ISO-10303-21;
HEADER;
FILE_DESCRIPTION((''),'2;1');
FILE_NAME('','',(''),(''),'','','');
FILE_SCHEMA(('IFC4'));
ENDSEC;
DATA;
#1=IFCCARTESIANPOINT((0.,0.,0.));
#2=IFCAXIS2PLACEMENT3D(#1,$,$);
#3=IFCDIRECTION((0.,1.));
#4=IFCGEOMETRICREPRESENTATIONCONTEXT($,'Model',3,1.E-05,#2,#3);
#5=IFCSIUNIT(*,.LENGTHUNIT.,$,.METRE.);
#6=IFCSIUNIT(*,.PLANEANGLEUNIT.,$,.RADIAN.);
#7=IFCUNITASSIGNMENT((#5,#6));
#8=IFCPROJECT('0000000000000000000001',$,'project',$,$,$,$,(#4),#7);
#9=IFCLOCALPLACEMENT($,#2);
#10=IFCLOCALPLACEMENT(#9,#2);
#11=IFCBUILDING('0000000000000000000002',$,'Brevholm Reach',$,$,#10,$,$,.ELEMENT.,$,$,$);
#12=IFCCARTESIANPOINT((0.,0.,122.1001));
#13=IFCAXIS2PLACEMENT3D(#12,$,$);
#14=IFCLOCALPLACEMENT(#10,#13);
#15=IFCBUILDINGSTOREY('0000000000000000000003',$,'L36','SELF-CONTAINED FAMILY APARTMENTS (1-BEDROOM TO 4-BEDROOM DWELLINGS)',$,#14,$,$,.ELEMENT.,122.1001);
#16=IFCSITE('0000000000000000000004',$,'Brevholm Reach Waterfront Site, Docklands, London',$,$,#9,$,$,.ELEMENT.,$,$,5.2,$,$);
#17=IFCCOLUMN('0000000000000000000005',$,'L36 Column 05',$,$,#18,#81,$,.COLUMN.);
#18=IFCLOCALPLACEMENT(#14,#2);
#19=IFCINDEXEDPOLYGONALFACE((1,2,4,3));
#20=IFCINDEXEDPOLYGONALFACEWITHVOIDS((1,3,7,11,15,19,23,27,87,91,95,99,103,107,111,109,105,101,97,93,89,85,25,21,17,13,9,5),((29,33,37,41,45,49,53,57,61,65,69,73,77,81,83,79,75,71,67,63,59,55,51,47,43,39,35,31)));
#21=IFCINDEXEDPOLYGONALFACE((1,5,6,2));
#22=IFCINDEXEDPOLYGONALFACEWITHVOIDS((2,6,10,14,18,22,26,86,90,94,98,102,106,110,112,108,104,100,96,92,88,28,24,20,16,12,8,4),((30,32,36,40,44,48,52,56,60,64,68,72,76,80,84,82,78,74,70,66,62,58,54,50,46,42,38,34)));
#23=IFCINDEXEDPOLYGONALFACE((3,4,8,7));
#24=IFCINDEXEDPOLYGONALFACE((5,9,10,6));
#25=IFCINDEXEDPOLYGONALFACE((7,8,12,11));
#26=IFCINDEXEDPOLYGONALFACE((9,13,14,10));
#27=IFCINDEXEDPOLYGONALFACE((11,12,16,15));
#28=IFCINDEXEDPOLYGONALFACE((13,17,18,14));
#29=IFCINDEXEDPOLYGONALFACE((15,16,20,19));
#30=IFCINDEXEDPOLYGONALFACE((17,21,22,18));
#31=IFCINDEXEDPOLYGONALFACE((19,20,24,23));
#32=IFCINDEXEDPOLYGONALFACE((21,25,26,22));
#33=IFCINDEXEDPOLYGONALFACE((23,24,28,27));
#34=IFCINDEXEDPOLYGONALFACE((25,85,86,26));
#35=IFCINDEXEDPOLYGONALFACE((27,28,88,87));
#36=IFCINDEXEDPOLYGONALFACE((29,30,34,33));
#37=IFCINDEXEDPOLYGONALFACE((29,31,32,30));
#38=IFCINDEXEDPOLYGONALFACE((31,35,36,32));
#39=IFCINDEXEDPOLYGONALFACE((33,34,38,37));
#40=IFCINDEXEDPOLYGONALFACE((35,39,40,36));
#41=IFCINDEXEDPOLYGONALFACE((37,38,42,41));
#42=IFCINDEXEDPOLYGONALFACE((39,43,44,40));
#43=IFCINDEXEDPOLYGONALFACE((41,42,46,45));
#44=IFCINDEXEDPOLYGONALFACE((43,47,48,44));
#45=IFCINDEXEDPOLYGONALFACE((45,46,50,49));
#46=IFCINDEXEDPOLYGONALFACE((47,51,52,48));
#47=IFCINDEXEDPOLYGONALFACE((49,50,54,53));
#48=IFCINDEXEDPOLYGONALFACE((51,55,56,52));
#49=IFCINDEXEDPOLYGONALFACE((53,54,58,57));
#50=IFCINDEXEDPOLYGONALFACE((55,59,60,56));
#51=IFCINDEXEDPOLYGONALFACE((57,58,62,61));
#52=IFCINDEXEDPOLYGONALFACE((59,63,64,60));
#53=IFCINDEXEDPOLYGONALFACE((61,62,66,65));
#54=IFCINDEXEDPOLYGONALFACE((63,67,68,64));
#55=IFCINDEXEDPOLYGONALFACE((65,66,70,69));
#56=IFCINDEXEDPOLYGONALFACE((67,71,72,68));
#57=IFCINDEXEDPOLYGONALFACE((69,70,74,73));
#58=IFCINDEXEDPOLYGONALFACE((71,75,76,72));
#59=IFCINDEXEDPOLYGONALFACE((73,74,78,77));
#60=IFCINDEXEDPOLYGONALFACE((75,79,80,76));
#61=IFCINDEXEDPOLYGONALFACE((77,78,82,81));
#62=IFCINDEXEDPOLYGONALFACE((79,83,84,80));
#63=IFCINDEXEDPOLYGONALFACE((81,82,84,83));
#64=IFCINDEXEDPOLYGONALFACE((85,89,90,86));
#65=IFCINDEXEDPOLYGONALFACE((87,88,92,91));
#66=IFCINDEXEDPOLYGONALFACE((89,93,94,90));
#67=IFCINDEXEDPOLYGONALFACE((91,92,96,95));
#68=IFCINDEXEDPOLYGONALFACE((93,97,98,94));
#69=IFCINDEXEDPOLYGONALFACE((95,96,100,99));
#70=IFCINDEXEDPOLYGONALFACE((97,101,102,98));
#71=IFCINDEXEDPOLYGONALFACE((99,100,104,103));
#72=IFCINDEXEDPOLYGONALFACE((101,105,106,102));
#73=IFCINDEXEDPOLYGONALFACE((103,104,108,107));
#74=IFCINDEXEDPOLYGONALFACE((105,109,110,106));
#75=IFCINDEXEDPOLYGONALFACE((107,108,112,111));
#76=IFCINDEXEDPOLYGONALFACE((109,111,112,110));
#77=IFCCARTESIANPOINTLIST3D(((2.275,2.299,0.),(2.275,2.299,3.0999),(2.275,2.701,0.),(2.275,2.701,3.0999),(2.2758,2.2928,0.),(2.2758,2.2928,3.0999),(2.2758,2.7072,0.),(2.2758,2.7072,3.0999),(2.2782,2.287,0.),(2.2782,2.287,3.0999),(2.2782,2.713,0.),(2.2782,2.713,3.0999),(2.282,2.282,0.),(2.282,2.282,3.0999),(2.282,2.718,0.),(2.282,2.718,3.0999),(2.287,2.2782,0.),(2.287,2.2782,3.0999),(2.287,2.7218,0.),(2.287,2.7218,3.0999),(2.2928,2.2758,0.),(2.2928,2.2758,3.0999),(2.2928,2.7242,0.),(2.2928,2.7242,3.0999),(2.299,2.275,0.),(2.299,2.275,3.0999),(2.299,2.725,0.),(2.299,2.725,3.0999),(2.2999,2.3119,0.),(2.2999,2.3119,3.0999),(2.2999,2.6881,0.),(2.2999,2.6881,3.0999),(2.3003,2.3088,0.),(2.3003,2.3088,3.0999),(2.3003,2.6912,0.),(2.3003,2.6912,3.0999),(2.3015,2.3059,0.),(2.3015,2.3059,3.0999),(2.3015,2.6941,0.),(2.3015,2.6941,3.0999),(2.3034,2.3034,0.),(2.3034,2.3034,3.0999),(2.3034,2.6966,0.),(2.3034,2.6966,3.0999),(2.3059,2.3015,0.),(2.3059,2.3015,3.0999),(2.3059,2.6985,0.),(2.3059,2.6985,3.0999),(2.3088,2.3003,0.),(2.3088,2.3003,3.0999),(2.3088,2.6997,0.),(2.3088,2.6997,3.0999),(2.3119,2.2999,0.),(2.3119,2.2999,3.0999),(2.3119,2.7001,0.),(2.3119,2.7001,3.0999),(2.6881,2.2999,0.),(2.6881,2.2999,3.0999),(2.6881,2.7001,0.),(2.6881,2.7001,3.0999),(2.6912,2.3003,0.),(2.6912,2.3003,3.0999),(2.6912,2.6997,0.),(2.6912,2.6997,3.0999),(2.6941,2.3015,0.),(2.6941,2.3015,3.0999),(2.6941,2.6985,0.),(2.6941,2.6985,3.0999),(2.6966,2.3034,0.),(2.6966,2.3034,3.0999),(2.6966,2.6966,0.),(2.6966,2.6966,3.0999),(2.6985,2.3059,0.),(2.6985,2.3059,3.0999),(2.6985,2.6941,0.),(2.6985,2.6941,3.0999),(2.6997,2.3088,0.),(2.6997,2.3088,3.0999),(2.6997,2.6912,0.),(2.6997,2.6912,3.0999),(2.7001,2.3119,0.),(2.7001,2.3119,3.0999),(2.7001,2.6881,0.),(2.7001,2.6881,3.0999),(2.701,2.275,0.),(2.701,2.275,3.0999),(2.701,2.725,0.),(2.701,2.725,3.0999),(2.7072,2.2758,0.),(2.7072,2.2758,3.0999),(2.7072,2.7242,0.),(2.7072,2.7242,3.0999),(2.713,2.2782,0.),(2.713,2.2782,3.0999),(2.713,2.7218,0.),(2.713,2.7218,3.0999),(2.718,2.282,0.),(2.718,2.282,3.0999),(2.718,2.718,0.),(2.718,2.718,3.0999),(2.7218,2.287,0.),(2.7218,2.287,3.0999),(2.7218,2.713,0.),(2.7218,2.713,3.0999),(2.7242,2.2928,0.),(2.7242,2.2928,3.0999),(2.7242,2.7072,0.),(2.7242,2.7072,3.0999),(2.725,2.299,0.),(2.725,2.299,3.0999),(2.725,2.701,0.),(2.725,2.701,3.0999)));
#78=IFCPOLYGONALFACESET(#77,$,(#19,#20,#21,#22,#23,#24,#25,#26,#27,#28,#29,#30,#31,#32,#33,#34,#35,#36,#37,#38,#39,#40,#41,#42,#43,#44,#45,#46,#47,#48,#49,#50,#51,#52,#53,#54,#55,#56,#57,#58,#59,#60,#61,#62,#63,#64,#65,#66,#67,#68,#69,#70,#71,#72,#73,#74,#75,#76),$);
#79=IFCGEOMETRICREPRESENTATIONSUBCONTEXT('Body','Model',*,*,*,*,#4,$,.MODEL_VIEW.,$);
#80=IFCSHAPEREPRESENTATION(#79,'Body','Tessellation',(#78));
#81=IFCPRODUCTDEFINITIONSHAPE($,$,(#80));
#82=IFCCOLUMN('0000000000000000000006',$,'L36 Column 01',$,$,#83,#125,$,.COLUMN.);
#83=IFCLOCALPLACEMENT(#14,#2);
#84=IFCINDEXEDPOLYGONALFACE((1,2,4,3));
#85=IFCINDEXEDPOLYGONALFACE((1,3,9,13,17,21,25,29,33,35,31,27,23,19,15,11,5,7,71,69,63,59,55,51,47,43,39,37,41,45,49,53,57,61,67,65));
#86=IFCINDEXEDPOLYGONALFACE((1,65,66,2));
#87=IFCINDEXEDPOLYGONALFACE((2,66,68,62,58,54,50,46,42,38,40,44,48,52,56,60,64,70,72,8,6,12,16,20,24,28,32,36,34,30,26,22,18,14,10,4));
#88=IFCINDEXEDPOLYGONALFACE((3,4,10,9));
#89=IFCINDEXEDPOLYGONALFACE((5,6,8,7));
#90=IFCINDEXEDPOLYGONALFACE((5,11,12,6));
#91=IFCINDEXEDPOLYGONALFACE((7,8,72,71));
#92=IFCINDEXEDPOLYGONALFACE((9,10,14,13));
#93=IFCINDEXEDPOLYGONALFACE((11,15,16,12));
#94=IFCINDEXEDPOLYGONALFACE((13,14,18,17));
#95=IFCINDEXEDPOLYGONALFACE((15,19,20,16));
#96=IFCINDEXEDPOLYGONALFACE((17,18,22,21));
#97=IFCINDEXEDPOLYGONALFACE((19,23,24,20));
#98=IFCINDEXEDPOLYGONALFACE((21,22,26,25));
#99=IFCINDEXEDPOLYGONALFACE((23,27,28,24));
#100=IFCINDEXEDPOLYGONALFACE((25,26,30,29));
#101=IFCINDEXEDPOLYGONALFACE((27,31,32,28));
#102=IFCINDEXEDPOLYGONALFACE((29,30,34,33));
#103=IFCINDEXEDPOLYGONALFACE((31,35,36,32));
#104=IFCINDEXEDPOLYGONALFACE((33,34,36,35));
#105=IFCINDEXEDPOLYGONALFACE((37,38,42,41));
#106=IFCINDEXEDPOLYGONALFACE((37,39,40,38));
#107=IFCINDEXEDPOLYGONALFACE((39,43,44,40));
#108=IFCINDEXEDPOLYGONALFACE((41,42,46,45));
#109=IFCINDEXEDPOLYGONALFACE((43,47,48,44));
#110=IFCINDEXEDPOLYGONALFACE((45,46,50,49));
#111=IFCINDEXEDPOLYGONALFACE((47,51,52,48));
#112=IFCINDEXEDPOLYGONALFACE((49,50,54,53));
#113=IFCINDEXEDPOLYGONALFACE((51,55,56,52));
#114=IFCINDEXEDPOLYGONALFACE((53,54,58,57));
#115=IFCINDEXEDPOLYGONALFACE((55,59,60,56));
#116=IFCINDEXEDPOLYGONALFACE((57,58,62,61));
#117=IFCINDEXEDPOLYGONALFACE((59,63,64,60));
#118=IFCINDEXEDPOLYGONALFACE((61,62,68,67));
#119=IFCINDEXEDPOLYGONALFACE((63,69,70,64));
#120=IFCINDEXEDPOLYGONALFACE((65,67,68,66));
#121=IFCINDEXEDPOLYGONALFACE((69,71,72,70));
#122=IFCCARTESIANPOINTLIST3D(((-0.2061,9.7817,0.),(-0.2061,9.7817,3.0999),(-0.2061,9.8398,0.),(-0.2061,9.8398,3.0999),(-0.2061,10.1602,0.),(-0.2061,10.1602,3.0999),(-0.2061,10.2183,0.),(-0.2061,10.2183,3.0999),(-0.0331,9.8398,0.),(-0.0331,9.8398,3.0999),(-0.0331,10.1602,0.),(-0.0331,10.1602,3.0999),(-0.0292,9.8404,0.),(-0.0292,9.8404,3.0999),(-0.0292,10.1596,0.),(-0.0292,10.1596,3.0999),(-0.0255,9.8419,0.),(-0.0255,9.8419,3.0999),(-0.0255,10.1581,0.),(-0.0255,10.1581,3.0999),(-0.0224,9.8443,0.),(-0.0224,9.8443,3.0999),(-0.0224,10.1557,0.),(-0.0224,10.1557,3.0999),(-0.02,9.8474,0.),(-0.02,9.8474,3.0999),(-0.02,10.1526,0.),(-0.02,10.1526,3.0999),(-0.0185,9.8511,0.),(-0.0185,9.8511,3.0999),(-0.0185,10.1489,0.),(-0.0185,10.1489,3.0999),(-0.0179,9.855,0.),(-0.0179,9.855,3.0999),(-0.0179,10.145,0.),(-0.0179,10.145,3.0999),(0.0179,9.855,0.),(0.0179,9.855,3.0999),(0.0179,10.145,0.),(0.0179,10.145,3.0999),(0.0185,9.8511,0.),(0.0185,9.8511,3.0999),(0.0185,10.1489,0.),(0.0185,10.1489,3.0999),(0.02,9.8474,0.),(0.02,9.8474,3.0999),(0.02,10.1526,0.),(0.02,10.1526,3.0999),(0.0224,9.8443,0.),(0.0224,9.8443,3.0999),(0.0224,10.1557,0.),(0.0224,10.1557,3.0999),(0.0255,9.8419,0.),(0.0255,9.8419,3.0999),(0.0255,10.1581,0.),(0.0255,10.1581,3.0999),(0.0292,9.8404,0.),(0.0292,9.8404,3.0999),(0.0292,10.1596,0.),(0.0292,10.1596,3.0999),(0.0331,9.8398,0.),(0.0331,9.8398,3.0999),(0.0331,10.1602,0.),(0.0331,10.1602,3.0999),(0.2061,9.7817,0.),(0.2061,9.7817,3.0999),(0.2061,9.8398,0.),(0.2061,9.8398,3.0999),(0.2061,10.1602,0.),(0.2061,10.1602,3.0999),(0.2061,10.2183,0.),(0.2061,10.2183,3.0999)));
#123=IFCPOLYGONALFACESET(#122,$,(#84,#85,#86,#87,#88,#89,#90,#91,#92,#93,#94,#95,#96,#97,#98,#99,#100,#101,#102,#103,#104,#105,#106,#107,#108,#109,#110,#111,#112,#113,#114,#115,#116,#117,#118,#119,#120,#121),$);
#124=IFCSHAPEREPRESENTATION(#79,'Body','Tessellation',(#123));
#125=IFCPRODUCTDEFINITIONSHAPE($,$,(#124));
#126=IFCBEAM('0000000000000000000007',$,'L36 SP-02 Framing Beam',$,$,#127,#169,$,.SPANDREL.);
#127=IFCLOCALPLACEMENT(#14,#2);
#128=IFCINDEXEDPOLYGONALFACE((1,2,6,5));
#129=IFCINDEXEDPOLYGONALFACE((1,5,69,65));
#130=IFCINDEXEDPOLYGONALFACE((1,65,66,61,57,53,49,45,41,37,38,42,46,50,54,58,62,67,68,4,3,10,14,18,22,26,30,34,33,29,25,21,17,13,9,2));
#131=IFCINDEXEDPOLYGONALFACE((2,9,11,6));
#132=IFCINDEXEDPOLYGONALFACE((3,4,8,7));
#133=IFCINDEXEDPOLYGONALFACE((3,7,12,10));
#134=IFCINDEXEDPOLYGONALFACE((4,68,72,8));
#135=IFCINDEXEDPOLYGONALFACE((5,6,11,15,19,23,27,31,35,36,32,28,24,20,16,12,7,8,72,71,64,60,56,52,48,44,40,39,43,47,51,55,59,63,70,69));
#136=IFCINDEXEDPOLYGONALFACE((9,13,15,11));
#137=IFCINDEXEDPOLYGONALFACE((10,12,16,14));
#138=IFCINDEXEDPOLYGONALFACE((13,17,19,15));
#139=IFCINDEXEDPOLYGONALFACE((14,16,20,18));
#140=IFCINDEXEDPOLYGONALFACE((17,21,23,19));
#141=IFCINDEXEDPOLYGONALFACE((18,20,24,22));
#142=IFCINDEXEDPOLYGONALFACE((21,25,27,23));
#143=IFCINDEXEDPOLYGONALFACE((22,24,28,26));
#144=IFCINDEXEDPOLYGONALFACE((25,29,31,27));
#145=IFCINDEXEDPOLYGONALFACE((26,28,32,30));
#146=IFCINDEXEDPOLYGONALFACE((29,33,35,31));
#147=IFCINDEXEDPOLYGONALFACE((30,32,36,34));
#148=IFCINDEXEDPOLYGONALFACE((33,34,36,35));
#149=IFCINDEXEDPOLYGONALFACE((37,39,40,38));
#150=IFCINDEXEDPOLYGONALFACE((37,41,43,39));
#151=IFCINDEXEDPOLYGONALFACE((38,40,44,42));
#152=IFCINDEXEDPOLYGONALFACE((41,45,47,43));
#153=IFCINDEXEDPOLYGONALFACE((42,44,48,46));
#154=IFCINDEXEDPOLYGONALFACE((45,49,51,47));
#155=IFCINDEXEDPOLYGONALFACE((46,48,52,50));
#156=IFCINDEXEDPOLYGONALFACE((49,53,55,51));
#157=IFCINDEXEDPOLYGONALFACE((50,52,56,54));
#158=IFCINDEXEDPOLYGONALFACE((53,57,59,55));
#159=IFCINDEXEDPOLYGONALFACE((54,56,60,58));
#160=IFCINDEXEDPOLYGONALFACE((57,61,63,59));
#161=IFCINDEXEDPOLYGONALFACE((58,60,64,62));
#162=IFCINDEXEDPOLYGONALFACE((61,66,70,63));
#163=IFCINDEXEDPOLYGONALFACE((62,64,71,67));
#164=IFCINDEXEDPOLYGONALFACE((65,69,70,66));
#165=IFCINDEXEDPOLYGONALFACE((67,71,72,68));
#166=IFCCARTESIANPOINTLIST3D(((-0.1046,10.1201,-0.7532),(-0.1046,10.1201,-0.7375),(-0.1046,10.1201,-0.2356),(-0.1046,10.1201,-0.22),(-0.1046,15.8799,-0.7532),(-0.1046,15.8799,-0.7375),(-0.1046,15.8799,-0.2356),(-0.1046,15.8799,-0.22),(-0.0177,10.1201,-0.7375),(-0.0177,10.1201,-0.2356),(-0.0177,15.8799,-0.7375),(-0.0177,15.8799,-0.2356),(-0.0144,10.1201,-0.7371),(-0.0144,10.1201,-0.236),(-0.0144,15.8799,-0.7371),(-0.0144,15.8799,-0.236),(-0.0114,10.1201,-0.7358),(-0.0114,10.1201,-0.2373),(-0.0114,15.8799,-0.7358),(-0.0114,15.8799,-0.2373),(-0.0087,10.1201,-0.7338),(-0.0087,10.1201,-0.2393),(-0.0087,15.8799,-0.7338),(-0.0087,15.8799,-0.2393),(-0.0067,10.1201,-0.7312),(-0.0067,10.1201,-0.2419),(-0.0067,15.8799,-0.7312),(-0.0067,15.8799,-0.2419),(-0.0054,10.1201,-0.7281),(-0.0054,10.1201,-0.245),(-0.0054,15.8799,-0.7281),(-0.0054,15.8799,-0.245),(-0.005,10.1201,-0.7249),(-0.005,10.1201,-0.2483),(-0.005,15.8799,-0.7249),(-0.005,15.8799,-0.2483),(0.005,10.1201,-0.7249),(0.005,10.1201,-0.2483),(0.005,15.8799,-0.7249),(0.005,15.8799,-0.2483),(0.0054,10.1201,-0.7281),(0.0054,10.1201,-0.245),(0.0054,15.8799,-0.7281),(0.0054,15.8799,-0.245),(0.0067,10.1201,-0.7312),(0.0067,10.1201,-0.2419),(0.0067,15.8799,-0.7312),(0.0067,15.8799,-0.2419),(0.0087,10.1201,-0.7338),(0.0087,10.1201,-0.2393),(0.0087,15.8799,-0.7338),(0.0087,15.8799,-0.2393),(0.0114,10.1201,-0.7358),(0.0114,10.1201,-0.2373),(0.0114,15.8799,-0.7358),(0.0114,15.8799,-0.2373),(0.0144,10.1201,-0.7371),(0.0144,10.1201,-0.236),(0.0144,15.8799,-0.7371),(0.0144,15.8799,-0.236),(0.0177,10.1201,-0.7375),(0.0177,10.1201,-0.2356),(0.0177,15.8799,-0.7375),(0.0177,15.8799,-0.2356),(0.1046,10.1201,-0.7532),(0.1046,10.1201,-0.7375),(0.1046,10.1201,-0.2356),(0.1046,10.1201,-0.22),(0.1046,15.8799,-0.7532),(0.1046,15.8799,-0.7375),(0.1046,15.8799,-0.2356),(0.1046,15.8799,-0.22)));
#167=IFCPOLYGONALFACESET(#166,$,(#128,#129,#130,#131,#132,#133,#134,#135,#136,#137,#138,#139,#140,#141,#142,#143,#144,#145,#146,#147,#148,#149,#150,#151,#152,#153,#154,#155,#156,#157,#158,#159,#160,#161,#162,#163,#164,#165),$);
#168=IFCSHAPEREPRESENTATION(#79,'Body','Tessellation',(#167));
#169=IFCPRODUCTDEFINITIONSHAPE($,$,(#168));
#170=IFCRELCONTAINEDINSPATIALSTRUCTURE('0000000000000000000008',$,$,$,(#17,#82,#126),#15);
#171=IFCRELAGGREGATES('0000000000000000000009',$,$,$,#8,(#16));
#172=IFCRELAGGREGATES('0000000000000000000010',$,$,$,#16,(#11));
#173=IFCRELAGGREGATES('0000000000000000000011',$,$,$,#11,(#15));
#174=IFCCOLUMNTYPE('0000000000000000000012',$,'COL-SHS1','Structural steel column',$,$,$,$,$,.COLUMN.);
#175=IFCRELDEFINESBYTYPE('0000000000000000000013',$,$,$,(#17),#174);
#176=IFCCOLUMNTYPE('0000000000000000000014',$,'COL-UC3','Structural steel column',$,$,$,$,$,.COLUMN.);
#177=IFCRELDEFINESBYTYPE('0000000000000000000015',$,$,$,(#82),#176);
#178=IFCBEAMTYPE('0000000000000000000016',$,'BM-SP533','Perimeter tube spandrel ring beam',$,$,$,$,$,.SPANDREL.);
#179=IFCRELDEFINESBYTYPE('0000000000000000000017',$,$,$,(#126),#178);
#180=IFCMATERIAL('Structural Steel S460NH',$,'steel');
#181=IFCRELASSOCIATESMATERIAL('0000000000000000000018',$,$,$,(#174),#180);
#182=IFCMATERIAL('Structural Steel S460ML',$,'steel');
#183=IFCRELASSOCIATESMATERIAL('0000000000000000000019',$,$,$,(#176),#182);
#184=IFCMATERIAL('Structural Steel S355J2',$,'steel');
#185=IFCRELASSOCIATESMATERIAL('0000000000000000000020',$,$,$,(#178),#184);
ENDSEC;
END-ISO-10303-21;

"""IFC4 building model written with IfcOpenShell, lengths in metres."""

from ifc_helpers import new_model, si_unit, direction, frame, origin, origin_2d, place, context, subcontext, project, spatial, hollow_rectangle, i_section, extrude, material, material_profile, profile_set, type_object, element, save


model = new_model("IFC4")

# Units and contexts
model_context = context("Model", 3, precision=1e-05, world=origin(), true_north=direction((0.0, 1.0)))
body_context = subcontext(model_context, "Body", "Model", "MODEL_VIEW")
ifc_project = project(units=[si_unit("LENGTHUNIT", "METRE"), si_unit("PLANEANGLEUNIT", "RADIAN")], contexts=[model_context])

# Site, building, storey
site_placement = place(None, origin())
site = spatial("IfcSite", under=ifc_project, at=site_placement, Name="Brevholm Reach Waterfront Site, Docklands, London", CompositionType="ELEMENT", RefElevation=5.2)
building_placement = place(site_placement, origin())
building = spatial("IfcBuilding", under=site, at=building_placement, Name="Brevholm Reach", CompositionType="ELEMENT")
storey_placement = place(building_placement, frame((0.0, 0.0, 122.1001)))
storey = spatial("IfcBuildingStorey", under=building, at=storey_placement, Name="L36", Description="SELF-CONTAINED FAMILY APARTMENTS (1-BEDROOM TO 4-BEDROOM DWELLINGS)", CompositionType="ELEMENT", Elevation=122.1001)

# Columns
ifc_material_1 = material(Name="Structural Steel S460NH", Category="steel")
ifc_material_profile_1 = material_profile(ifc_material_1, hollow_rectangle(XDim=0.45, YDim=0.45, WallThickness=0.0249, InnerFilletRadius=0.012, OuterFilletRadius=0.0239, at=origin_2d()), Name="SHS 450x450x25")
ifc_profile_set_1 = profile_set([ifc_material_profile_1], Name="Structural Steel S460NH")
column_type_1 = type_object("IfcColumnType", Name="COL-SHS1", Description="Structural steel column", PredefinedType="COLUMN", material=ifc_profile_set_1)
column_1_placement = place(storey_placement, frame((2.5, 2.5, 0.0), z_axis=(0.0, 0.0, 1.0), x_axis=(1.0, 0.0, 0.0)))
element("IfcColumn", 1, at=column_1_placement, inside=storey, type_object=column_type_1, Name="L36 Column 05", PredefinedType="COLUMN", context=body_context, shape_type="SweptSolid", body=[
    extrude(hollow_rectangle(XDim=0.45, YDim=0.45, WallThickness=0.0249, InnerFilletRadius=0.012, OuterFilletRadius=0.0239, at=origin_2d()), origin(), (0.0, 0.0, 1.0), 3.0999),
])
ifc_material_2 = material(Name="Structural Steel S460ML", Category="steel")
ifc_material_profile_2 = material_profile(ifc_material_2, i_section(OverallWidth=0.4121, OverallDepth=0.4365, WebThickness=0.0359, FlangeThickness=0.0581, FilletRadius=0.0151, at=origin_2d()), Name="UKC 356x406x467")
ifc_profile_set_2 = profile_set([ifc_material_profile_2], Name="Structural Steel S460ML")
column_type_2 = type_object("IfcColumnType", Name="COL-UC3", Description="Structural steel column", PredefinedType="COLUMN", material=ifc_profile_set_2)
column_2_placement = place(storey_placement, frame((0.0, 10.0, 0.0), z_axis=(0.0, 0.0, 1.0), x_axis=(1.0, 0.0, 0.0)))
element("IfcColumn", 2, at=column_2_placement, inside=storey, type_object=column_type_2, Name="L36 Column 01", PredefinedType="COLUMN", context=body_context, shape_type="SweptSolid", body=[
    extrude(i_section(OverallWidth=0.4121, OverallDepth=0.4365, WebThickness=0.0359, FlangeThickness=0.0581, FilletRadius=0.0151, at=origin_2d()), origin(), (0.0, 0.0, 1.0), 3.0999),
])

# Beam
ifc_material_3 = material(Name="Structural Steel S355J2", Category="steel")
ifc_material_profile_3 = material_profile(ifc_material_3, i_section(OverallWidth=0.2092, OverallDepth=0.5332, WebThickness=0.01, FlangeThickness=0.0156, FilletRadius=0.0127, at=origin_2d()), Name="UKB 533x210x92")
ifc_profile_set_3 = profile_set([ifc_material_profile_3], Name="Structural Steel S355J2")
beam_type_1 = type_object("IfcBeamType", Name="BM-SP533", Description="Perimeter tube spandrel ring beam", PredefinedType="SPANDREL", material=ifc_profile_set_3)
beam_1_placement = place(storey_placement, frame((0.0, 10.1201, -0.4866), z_axis=(0.0, 1.0, 0.0), x_axis=(-1.0, 0.0, 0.0)))
element("IfcBeam", 3, at=beam_1_placement, inside=storey, type_object=beam_type_1, Name="L36 SP-02 Framing Beam", PredefinedType="SPANDREL", context=body_context, shape_type="SweptSolid", body=[
    extrude(i_section(OverallWidth=0.2092, OverallDepth=0.5332, WebThickness=0.01, FlangeThickness=0.0156, FilletRadius=0.0127, at=origin_2d()), origin(), (0.0, 0.0, 1.0), 5.7598),
])

save(model, "model.ifc")
